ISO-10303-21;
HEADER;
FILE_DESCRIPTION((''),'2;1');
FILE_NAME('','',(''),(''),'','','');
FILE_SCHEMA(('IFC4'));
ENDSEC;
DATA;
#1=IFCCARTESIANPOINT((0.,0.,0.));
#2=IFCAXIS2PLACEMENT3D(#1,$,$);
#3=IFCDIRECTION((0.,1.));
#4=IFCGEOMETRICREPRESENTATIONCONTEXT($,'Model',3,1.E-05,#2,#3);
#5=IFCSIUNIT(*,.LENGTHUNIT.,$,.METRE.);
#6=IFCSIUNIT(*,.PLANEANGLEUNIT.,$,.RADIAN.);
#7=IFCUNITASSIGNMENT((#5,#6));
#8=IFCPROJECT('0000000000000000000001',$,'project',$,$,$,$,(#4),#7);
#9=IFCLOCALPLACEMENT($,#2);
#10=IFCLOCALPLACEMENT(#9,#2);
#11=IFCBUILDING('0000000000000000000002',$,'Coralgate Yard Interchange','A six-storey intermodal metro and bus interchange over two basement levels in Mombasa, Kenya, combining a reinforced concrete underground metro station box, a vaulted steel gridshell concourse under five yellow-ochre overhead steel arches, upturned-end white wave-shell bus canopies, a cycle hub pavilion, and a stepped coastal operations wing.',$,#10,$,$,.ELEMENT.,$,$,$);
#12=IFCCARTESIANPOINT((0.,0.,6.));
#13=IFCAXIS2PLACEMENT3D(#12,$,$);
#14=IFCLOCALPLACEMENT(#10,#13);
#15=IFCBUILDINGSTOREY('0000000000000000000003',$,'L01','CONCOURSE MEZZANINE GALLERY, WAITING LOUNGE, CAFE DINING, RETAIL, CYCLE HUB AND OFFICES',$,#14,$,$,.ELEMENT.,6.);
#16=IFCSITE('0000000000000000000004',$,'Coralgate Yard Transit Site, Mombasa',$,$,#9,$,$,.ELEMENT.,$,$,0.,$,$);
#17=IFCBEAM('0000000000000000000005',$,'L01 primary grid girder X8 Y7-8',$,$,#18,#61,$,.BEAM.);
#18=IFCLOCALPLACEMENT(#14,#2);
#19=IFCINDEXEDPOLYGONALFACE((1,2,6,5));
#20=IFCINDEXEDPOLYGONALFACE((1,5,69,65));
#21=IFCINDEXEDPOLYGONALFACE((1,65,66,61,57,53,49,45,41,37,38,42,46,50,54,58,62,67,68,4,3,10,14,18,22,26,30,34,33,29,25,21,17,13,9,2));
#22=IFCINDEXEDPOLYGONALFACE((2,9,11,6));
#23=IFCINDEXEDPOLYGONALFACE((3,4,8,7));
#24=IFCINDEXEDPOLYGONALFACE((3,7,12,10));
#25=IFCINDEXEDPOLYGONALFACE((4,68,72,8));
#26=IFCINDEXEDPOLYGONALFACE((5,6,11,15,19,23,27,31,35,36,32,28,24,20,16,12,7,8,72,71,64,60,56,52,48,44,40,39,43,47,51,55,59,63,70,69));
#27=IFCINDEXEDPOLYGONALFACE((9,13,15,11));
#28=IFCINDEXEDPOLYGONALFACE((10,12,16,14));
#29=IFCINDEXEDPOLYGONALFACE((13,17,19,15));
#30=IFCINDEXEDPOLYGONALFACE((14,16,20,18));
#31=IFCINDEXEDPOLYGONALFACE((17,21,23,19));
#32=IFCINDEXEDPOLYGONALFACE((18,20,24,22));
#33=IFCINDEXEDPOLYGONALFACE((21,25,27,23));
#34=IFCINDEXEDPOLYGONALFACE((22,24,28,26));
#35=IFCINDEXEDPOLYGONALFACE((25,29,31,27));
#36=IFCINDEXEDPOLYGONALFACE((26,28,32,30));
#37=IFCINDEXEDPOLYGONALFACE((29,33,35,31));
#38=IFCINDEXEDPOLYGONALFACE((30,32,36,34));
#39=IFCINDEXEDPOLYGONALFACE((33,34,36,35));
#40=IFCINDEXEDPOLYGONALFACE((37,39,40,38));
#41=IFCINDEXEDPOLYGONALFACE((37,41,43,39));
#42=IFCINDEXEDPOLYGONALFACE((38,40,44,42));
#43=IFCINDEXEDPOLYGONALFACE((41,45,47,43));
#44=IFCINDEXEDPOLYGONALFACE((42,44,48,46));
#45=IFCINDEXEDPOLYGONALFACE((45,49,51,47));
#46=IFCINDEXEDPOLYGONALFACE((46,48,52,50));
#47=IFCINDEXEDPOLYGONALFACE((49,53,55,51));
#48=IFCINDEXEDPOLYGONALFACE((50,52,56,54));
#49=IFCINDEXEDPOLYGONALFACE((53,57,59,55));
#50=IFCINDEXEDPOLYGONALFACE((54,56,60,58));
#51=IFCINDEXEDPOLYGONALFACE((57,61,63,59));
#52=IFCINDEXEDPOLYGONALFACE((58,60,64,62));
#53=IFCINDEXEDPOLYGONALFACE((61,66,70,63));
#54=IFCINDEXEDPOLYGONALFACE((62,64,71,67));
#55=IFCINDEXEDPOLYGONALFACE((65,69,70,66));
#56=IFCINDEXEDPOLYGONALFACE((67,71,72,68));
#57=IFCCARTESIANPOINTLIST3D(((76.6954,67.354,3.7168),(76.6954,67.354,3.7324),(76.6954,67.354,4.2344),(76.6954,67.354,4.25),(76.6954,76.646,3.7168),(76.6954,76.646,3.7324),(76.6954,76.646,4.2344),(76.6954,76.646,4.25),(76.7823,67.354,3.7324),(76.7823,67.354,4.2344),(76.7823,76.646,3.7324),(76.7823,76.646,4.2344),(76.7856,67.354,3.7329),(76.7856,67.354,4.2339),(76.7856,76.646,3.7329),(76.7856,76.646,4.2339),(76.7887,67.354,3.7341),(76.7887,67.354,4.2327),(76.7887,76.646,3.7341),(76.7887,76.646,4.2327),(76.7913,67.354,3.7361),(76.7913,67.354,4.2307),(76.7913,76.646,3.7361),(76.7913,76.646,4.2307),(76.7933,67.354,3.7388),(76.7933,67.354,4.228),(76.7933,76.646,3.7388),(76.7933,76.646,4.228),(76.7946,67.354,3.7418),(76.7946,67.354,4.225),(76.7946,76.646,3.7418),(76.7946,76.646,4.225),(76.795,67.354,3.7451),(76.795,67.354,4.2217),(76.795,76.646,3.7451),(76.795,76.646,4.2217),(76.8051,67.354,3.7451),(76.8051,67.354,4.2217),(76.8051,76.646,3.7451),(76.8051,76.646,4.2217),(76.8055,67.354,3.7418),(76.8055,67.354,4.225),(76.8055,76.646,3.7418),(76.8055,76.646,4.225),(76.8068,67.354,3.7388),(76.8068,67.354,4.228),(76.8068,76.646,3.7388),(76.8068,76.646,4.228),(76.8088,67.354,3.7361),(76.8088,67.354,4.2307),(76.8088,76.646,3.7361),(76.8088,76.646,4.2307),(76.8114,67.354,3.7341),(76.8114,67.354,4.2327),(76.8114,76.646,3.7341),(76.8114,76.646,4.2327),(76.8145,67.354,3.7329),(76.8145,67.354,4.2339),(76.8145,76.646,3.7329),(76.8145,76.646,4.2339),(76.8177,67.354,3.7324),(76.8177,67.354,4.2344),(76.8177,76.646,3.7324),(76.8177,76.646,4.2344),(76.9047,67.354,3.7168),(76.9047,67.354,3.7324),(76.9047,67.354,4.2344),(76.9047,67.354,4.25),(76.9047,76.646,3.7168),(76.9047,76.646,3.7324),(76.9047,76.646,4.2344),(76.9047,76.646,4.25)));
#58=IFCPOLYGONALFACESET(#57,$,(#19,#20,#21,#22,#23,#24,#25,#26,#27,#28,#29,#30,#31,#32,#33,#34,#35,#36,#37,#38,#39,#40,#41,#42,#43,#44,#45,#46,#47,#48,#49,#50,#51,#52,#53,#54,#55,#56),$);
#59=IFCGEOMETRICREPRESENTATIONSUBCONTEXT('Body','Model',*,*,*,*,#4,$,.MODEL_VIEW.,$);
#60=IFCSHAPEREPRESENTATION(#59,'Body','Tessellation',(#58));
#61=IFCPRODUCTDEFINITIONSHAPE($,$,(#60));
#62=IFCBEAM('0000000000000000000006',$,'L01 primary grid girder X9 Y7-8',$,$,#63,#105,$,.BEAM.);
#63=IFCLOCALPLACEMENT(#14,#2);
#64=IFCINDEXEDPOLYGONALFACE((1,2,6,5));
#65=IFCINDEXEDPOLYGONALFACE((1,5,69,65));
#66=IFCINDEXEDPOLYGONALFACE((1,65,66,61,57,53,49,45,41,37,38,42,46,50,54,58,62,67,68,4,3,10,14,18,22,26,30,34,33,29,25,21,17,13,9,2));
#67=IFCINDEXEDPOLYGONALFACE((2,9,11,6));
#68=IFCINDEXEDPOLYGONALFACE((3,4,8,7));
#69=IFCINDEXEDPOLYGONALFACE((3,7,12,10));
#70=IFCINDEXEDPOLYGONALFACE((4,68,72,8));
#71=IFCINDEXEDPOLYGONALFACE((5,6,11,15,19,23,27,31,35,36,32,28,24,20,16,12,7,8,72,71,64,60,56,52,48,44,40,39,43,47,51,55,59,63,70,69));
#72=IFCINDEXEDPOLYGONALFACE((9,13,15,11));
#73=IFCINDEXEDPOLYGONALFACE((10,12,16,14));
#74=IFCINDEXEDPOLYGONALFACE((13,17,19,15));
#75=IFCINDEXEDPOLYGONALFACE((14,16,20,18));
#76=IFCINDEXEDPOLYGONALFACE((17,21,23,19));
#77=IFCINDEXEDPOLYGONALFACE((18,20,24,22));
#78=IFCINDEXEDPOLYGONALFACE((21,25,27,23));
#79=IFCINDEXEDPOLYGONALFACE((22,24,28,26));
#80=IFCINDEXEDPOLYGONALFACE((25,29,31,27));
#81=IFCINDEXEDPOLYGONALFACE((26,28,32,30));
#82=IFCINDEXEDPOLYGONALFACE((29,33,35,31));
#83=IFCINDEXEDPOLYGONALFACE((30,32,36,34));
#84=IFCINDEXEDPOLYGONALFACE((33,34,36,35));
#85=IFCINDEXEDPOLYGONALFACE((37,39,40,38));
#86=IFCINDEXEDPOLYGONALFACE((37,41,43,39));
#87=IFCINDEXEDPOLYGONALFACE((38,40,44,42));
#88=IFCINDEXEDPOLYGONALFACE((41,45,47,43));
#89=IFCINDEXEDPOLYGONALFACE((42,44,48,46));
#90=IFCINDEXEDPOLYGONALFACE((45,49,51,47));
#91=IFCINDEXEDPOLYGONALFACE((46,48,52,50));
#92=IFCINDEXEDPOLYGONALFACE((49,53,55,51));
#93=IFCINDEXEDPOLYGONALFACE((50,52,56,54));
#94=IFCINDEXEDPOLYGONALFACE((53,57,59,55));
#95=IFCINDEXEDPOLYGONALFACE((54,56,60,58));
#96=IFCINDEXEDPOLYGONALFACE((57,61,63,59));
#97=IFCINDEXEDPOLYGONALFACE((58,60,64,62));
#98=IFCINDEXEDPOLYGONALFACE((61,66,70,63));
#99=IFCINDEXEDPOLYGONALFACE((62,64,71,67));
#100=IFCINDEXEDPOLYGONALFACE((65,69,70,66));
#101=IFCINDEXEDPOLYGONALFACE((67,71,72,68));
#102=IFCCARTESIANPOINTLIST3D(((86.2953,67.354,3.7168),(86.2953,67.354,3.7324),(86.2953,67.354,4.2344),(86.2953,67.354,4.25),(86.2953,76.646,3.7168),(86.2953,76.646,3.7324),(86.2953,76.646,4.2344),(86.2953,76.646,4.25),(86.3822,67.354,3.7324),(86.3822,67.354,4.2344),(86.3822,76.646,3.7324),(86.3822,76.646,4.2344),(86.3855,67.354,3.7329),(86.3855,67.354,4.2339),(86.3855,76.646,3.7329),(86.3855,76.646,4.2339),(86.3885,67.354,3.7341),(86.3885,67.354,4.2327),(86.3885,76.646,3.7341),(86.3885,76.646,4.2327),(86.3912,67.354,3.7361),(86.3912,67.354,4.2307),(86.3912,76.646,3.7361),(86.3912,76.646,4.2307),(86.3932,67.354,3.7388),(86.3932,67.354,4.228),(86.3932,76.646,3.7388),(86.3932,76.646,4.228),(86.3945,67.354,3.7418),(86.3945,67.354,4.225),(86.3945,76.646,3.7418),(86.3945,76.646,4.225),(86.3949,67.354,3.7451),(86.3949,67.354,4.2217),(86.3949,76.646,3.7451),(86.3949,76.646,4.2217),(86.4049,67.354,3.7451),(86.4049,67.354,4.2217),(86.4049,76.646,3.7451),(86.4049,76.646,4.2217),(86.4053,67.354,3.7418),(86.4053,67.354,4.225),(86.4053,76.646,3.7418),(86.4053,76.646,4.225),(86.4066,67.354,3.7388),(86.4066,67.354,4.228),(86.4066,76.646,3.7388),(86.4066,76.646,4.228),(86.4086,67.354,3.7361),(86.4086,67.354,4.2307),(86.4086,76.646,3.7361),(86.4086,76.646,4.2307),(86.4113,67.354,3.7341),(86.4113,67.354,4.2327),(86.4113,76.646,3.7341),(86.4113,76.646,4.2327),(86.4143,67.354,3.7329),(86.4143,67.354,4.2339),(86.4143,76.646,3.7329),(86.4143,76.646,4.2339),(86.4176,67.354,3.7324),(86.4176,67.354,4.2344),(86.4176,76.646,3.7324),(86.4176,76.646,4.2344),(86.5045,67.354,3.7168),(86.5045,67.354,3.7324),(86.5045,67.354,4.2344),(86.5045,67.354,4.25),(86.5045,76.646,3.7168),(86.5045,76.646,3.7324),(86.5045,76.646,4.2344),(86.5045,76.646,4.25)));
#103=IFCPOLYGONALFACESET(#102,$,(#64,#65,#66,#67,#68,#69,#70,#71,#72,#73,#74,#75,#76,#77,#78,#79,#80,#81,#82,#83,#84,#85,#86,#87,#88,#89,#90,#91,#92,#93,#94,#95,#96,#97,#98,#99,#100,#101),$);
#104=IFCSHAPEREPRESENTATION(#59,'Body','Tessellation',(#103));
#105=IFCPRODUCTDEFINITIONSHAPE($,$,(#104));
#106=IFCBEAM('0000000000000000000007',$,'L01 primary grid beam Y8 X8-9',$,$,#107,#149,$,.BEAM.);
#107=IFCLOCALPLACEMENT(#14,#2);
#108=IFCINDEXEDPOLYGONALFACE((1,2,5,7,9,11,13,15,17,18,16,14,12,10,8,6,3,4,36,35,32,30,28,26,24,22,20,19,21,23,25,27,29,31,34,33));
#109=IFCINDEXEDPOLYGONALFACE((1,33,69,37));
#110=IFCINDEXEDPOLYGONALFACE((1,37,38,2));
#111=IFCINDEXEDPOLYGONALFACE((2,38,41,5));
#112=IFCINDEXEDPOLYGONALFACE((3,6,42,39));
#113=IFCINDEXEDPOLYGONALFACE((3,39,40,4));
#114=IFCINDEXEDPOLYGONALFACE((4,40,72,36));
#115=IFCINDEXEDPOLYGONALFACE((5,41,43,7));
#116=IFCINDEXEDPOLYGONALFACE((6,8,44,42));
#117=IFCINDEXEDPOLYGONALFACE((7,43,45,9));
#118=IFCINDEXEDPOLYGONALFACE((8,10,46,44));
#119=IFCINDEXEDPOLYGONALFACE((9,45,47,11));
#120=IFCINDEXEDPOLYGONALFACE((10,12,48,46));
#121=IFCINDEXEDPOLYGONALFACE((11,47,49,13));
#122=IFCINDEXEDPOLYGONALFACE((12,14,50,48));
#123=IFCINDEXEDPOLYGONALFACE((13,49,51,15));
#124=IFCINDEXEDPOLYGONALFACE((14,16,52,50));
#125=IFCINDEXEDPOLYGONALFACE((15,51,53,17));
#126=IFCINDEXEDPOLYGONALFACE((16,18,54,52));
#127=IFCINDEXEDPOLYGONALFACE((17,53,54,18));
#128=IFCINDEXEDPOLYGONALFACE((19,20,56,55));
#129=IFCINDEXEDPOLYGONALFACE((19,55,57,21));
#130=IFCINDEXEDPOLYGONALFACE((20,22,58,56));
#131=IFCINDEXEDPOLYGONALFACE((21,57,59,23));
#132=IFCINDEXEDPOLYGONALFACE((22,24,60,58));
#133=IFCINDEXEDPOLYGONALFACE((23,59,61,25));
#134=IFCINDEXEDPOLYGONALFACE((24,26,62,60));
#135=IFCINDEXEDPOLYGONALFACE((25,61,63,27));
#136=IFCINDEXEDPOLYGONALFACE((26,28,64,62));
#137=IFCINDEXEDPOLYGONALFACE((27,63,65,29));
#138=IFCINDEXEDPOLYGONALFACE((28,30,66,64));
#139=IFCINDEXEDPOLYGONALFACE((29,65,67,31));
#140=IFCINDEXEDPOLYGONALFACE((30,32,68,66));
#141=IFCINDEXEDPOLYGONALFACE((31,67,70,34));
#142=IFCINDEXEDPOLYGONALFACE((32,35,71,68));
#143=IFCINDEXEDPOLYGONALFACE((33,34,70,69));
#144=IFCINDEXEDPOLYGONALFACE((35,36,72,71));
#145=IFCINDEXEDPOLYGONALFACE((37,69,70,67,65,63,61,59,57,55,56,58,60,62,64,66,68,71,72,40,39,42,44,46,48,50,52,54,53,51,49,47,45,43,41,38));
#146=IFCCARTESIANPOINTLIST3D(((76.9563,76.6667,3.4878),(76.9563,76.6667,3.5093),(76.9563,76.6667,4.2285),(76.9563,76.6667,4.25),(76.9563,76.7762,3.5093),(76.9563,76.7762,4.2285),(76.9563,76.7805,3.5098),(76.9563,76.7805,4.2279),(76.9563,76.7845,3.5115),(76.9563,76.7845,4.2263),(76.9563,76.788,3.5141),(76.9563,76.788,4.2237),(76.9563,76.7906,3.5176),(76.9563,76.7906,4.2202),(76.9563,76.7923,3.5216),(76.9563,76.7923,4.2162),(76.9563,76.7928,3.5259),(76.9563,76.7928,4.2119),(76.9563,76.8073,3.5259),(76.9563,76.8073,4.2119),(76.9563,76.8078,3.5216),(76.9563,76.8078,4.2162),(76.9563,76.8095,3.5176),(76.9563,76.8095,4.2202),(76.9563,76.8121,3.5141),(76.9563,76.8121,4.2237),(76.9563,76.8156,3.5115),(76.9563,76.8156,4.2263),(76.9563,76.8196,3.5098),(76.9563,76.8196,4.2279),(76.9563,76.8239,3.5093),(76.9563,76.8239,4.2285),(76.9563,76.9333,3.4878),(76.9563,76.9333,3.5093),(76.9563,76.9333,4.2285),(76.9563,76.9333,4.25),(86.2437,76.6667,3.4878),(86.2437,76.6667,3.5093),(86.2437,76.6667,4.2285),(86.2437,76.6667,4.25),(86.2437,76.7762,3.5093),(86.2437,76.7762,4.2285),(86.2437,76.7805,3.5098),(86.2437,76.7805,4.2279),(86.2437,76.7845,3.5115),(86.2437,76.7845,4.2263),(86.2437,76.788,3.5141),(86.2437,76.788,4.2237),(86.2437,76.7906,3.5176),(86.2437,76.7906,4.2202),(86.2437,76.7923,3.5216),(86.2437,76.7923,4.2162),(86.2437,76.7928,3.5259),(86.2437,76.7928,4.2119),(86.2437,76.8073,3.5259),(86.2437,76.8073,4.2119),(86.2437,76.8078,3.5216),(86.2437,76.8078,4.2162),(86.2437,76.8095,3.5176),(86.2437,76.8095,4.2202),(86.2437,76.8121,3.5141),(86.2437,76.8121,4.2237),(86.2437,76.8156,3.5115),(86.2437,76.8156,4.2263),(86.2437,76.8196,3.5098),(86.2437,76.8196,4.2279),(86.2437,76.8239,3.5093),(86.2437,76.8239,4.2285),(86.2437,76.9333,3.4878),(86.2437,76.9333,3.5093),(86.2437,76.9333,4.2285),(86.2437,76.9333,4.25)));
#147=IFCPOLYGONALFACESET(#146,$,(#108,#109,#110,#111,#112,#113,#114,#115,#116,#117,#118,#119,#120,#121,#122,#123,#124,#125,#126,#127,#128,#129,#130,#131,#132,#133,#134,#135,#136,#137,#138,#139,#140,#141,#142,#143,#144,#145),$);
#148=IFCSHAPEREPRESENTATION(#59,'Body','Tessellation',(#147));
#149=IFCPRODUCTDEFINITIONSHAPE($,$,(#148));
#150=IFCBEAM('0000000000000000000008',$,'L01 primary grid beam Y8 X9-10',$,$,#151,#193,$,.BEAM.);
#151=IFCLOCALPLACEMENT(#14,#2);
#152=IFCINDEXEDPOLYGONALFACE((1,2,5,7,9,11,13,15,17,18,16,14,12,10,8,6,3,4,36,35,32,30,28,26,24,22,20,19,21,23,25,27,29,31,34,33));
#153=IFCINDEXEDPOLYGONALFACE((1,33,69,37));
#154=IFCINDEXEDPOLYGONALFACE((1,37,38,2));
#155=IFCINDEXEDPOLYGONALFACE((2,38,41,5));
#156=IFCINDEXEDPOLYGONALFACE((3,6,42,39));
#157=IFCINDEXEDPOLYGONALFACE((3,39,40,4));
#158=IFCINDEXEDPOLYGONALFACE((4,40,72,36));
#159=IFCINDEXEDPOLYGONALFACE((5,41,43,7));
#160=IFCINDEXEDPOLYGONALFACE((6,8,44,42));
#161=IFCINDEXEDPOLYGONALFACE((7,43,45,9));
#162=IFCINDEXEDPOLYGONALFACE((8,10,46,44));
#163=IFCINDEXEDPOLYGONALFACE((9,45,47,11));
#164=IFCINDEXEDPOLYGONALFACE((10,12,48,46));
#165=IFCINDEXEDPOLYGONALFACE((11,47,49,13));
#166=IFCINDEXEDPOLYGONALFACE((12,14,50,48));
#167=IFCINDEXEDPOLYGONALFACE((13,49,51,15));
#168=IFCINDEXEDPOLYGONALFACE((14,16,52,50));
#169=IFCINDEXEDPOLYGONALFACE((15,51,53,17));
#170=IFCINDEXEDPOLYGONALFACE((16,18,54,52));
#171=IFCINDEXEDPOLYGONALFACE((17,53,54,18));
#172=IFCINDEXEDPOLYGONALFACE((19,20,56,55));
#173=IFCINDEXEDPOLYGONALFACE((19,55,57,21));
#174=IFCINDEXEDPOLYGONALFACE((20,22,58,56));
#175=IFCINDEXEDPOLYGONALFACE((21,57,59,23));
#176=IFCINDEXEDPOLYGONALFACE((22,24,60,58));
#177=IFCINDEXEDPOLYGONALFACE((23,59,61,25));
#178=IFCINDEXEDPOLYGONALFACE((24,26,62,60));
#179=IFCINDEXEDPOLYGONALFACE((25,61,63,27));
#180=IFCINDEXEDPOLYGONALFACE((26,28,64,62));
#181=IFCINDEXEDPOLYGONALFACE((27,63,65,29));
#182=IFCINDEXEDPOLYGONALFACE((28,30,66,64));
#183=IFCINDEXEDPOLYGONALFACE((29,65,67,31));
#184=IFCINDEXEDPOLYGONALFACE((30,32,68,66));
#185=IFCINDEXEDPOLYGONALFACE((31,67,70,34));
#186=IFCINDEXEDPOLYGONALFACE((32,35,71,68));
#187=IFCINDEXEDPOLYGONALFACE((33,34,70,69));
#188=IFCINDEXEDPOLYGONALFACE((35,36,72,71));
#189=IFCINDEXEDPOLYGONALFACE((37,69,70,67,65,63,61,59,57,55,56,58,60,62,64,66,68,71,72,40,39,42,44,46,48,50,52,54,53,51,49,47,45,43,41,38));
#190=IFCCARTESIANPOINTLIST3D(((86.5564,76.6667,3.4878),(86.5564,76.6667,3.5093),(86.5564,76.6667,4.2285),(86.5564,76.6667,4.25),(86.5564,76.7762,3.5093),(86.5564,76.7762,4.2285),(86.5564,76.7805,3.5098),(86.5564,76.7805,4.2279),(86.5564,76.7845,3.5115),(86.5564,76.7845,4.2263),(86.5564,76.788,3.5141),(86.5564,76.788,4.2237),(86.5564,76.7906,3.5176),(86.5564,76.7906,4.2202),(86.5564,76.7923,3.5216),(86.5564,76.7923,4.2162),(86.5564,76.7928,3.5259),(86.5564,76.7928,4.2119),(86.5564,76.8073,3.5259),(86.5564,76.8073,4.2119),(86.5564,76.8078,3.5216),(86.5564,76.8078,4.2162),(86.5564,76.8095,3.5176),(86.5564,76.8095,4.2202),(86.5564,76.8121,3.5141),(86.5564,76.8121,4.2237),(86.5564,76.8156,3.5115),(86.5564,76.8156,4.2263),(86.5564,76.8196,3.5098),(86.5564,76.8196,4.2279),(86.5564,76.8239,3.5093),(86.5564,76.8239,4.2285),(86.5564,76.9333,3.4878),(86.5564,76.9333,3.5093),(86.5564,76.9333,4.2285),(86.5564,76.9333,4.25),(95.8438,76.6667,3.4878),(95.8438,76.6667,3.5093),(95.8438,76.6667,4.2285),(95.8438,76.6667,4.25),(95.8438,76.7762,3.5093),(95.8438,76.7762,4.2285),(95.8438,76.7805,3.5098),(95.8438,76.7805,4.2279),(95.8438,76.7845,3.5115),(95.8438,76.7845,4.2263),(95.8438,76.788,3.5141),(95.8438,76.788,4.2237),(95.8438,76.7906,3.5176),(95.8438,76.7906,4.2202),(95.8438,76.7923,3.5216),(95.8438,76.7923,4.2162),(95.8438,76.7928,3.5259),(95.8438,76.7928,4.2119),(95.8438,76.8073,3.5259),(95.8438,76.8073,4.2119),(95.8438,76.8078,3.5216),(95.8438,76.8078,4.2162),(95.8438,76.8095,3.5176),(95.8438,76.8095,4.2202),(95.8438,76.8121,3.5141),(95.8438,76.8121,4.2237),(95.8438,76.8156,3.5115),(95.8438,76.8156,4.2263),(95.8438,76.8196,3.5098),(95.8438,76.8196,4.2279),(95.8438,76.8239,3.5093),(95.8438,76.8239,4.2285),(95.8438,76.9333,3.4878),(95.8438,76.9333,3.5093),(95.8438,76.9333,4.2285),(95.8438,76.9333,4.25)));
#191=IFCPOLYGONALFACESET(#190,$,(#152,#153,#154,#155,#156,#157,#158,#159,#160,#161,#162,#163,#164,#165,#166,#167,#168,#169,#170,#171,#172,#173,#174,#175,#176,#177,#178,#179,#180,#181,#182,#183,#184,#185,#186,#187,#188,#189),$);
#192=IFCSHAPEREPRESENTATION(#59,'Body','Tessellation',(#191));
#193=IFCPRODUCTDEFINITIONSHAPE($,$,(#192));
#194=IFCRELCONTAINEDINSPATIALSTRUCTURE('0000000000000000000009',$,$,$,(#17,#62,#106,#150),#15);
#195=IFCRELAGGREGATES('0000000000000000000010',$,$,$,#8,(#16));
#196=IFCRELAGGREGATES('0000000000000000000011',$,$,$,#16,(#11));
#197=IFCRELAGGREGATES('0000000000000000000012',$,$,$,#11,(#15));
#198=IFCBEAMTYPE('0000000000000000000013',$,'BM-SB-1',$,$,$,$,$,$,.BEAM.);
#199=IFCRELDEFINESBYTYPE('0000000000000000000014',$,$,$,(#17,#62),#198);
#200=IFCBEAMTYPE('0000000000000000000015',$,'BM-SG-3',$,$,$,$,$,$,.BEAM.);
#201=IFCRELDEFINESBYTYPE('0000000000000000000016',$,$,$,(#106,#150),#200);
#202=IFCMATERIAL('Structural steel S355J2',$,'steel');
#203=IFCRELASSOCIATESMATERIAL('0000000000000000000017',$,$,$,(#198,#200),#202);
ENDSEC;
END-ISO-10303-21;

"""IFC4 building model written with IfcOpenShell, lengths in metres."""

from ifc_helpers import new_model, si_unit, direction, frame, origin, origin_2d, place, context, subcontext, project, spatial, i_section, extrude, material, material_profile, profile_set, type_object, element, save


model = new_model("IFC4")

# Units and contexts
model_context = context("Model", 3, precision=1e-05, world=origin(), true_north=direction((0.0, 1.0)))
body_context = subcontext(model_context, "Body", "Model", "MODEL_VIEW")
ifc_project = project(units=[si_unit("LENGTHUNIT", "METRE"), si_unit("PLANEANGLEUNIT", "RADIAN")], contexts=[model_context])

# Site, building, storey
site_placement = place(None, origin())
site = spatial("IfcSite", under=ifc_project, at=site_placement, Name="Coralgate Yard Transit Site, Mombasa", CompositionType="ELEMENT", RefElevation=0.0)
building_placement = place(site_placement, origin())
building = spatial("IfcBuilding", under=site, at=building_placement, Name="Coralgate Yard Interchange", Description="A six-storey intermodal metro and bus interchange over two basement levels in Mombasa, Kenya, combining a reinforced concrete underground metro station box, a vaulted steel gridshell concourse under five yellow-ochre overhead steel arches, upturned-end white wave-shell bus canopies, a cycle hub pavilion, and a stepped coastal operations wing.", CompositionType="ELEMENT")
storey_placement = place(building_placement, frame((0.0, 0.0, 6.0)))
storey = spatial("IfcBuildingStorey", under=building, at=storey_placement, Name="L01", Description="CONCOURSE MEZZANINE GALLERY, WAITING LOUNGE, CAFE DINING, RETAIL, CYCLE HUB AND OFFICES", CompositionType="ELEMENT", Elevation=6.0)

# Shared definitions
ifc_material_1 = material(Name="Structural steel S355J2", Category="steel")

# Beams
ifc_material_profile_1 = material_profile(ifc_material_1, i_section(OverallWidth=0.2092, OverallDepth=0.5332, WebThickness=0.01, FlangeThickness=0.0156, FilletRadius=0.0127, at=origin_2d()), Name="UB 533x210x92")
ifc_profile_set_1 = profile_set([ifc_material_profile_1], Name="Structural steel S355J2")
beam_type_1 = type_object("IfcBeamType", Name="BM-SB-1", PredefinedType="BEAM", material=ifc_profile_set_1)
for number, where, z_axis, x_axis, name in (
    (1, (76.8, 67.354, 3.9834), (0.0, 1.0, 0.0), (-1.0, 0.0, 0.0), "L01 primary grid girder X8 Y7-8"),
    (2, (86.3999, 67.354, 3.9834), (0.0, 1.0, 0.0), (-1.0, 0.0, 0.0), "L01 primary grid girder X9 Y7-8"),
):
    element("IfcBeam", number, at=place(storey_placement, frame(where, z_axis=z_axis, x_axis=x_axis)), inside=storey, type_object=beam_type_1, Name=name, PredefinedType="BEAM", context=body_context, shape_type="SweptSolid", body=[
        extrude(i_section(OverallWidth=0.2092, OverallDepth=0.5332, WebThickness=0.01, FlangeThickness=0.0156, FilletRadius=0.0127, at=origin_2d()), origin(), (0.0, 0.0, 1.0), 9.292),
    ])
ifc_material_profile_2 = material_profile(ifc_material_1, i_section(OverallWidth=0.2666, OverallDepth=0.7622, WebThickness=0.0144, FlangeThickness=0.0215, FilletRadius=0.0166, at=origin_2d()), Name="UB 762x267x173")
ifc_profile_set_2 = profile_set([ifc_material_profile_2], Name="Structural steel S355J2")
beam_type_2 = type_object("IfcBeamType", Name="BM-SG-3", PredefinedType="BEAM", material=ifc_profile_set_2)
for number, where, z_axis, x_axis, name in (
    (3, (76.9563, 76.8, 3.8689), (1.0, 0.0, 0.0), (0.0, 1.0, 0.0), "L01 primary grid beam Y8 X8-9"),
    (4, (86.5564, 76.8, 3.8689), (1.0, 0.0, 0.0), (0.0, 1.0, 0.0), "L01 primary grid beam Y8 X9-10"),
):
    element("IfcBeam", number, at=place(storey_placement, frame(where, z_axis=z_axis, x_axis=x_axis)), inside=storey, type_object=beam_type_2, Name=name, PredefinedType="BEAM", context=body_context, shape_type="SweptSolid", body=[
        extrude(i_section(OverallWidth=0.2666, OverallDepth=0.7622, WebThickness=0.0144, FlangeThickness=0.0215, FilletRadius=0.0166, at=origin_2d()), origin(), (0.0, 0.0, 1.0), 9.2874),
    ])

save(model, "model.ifc")
